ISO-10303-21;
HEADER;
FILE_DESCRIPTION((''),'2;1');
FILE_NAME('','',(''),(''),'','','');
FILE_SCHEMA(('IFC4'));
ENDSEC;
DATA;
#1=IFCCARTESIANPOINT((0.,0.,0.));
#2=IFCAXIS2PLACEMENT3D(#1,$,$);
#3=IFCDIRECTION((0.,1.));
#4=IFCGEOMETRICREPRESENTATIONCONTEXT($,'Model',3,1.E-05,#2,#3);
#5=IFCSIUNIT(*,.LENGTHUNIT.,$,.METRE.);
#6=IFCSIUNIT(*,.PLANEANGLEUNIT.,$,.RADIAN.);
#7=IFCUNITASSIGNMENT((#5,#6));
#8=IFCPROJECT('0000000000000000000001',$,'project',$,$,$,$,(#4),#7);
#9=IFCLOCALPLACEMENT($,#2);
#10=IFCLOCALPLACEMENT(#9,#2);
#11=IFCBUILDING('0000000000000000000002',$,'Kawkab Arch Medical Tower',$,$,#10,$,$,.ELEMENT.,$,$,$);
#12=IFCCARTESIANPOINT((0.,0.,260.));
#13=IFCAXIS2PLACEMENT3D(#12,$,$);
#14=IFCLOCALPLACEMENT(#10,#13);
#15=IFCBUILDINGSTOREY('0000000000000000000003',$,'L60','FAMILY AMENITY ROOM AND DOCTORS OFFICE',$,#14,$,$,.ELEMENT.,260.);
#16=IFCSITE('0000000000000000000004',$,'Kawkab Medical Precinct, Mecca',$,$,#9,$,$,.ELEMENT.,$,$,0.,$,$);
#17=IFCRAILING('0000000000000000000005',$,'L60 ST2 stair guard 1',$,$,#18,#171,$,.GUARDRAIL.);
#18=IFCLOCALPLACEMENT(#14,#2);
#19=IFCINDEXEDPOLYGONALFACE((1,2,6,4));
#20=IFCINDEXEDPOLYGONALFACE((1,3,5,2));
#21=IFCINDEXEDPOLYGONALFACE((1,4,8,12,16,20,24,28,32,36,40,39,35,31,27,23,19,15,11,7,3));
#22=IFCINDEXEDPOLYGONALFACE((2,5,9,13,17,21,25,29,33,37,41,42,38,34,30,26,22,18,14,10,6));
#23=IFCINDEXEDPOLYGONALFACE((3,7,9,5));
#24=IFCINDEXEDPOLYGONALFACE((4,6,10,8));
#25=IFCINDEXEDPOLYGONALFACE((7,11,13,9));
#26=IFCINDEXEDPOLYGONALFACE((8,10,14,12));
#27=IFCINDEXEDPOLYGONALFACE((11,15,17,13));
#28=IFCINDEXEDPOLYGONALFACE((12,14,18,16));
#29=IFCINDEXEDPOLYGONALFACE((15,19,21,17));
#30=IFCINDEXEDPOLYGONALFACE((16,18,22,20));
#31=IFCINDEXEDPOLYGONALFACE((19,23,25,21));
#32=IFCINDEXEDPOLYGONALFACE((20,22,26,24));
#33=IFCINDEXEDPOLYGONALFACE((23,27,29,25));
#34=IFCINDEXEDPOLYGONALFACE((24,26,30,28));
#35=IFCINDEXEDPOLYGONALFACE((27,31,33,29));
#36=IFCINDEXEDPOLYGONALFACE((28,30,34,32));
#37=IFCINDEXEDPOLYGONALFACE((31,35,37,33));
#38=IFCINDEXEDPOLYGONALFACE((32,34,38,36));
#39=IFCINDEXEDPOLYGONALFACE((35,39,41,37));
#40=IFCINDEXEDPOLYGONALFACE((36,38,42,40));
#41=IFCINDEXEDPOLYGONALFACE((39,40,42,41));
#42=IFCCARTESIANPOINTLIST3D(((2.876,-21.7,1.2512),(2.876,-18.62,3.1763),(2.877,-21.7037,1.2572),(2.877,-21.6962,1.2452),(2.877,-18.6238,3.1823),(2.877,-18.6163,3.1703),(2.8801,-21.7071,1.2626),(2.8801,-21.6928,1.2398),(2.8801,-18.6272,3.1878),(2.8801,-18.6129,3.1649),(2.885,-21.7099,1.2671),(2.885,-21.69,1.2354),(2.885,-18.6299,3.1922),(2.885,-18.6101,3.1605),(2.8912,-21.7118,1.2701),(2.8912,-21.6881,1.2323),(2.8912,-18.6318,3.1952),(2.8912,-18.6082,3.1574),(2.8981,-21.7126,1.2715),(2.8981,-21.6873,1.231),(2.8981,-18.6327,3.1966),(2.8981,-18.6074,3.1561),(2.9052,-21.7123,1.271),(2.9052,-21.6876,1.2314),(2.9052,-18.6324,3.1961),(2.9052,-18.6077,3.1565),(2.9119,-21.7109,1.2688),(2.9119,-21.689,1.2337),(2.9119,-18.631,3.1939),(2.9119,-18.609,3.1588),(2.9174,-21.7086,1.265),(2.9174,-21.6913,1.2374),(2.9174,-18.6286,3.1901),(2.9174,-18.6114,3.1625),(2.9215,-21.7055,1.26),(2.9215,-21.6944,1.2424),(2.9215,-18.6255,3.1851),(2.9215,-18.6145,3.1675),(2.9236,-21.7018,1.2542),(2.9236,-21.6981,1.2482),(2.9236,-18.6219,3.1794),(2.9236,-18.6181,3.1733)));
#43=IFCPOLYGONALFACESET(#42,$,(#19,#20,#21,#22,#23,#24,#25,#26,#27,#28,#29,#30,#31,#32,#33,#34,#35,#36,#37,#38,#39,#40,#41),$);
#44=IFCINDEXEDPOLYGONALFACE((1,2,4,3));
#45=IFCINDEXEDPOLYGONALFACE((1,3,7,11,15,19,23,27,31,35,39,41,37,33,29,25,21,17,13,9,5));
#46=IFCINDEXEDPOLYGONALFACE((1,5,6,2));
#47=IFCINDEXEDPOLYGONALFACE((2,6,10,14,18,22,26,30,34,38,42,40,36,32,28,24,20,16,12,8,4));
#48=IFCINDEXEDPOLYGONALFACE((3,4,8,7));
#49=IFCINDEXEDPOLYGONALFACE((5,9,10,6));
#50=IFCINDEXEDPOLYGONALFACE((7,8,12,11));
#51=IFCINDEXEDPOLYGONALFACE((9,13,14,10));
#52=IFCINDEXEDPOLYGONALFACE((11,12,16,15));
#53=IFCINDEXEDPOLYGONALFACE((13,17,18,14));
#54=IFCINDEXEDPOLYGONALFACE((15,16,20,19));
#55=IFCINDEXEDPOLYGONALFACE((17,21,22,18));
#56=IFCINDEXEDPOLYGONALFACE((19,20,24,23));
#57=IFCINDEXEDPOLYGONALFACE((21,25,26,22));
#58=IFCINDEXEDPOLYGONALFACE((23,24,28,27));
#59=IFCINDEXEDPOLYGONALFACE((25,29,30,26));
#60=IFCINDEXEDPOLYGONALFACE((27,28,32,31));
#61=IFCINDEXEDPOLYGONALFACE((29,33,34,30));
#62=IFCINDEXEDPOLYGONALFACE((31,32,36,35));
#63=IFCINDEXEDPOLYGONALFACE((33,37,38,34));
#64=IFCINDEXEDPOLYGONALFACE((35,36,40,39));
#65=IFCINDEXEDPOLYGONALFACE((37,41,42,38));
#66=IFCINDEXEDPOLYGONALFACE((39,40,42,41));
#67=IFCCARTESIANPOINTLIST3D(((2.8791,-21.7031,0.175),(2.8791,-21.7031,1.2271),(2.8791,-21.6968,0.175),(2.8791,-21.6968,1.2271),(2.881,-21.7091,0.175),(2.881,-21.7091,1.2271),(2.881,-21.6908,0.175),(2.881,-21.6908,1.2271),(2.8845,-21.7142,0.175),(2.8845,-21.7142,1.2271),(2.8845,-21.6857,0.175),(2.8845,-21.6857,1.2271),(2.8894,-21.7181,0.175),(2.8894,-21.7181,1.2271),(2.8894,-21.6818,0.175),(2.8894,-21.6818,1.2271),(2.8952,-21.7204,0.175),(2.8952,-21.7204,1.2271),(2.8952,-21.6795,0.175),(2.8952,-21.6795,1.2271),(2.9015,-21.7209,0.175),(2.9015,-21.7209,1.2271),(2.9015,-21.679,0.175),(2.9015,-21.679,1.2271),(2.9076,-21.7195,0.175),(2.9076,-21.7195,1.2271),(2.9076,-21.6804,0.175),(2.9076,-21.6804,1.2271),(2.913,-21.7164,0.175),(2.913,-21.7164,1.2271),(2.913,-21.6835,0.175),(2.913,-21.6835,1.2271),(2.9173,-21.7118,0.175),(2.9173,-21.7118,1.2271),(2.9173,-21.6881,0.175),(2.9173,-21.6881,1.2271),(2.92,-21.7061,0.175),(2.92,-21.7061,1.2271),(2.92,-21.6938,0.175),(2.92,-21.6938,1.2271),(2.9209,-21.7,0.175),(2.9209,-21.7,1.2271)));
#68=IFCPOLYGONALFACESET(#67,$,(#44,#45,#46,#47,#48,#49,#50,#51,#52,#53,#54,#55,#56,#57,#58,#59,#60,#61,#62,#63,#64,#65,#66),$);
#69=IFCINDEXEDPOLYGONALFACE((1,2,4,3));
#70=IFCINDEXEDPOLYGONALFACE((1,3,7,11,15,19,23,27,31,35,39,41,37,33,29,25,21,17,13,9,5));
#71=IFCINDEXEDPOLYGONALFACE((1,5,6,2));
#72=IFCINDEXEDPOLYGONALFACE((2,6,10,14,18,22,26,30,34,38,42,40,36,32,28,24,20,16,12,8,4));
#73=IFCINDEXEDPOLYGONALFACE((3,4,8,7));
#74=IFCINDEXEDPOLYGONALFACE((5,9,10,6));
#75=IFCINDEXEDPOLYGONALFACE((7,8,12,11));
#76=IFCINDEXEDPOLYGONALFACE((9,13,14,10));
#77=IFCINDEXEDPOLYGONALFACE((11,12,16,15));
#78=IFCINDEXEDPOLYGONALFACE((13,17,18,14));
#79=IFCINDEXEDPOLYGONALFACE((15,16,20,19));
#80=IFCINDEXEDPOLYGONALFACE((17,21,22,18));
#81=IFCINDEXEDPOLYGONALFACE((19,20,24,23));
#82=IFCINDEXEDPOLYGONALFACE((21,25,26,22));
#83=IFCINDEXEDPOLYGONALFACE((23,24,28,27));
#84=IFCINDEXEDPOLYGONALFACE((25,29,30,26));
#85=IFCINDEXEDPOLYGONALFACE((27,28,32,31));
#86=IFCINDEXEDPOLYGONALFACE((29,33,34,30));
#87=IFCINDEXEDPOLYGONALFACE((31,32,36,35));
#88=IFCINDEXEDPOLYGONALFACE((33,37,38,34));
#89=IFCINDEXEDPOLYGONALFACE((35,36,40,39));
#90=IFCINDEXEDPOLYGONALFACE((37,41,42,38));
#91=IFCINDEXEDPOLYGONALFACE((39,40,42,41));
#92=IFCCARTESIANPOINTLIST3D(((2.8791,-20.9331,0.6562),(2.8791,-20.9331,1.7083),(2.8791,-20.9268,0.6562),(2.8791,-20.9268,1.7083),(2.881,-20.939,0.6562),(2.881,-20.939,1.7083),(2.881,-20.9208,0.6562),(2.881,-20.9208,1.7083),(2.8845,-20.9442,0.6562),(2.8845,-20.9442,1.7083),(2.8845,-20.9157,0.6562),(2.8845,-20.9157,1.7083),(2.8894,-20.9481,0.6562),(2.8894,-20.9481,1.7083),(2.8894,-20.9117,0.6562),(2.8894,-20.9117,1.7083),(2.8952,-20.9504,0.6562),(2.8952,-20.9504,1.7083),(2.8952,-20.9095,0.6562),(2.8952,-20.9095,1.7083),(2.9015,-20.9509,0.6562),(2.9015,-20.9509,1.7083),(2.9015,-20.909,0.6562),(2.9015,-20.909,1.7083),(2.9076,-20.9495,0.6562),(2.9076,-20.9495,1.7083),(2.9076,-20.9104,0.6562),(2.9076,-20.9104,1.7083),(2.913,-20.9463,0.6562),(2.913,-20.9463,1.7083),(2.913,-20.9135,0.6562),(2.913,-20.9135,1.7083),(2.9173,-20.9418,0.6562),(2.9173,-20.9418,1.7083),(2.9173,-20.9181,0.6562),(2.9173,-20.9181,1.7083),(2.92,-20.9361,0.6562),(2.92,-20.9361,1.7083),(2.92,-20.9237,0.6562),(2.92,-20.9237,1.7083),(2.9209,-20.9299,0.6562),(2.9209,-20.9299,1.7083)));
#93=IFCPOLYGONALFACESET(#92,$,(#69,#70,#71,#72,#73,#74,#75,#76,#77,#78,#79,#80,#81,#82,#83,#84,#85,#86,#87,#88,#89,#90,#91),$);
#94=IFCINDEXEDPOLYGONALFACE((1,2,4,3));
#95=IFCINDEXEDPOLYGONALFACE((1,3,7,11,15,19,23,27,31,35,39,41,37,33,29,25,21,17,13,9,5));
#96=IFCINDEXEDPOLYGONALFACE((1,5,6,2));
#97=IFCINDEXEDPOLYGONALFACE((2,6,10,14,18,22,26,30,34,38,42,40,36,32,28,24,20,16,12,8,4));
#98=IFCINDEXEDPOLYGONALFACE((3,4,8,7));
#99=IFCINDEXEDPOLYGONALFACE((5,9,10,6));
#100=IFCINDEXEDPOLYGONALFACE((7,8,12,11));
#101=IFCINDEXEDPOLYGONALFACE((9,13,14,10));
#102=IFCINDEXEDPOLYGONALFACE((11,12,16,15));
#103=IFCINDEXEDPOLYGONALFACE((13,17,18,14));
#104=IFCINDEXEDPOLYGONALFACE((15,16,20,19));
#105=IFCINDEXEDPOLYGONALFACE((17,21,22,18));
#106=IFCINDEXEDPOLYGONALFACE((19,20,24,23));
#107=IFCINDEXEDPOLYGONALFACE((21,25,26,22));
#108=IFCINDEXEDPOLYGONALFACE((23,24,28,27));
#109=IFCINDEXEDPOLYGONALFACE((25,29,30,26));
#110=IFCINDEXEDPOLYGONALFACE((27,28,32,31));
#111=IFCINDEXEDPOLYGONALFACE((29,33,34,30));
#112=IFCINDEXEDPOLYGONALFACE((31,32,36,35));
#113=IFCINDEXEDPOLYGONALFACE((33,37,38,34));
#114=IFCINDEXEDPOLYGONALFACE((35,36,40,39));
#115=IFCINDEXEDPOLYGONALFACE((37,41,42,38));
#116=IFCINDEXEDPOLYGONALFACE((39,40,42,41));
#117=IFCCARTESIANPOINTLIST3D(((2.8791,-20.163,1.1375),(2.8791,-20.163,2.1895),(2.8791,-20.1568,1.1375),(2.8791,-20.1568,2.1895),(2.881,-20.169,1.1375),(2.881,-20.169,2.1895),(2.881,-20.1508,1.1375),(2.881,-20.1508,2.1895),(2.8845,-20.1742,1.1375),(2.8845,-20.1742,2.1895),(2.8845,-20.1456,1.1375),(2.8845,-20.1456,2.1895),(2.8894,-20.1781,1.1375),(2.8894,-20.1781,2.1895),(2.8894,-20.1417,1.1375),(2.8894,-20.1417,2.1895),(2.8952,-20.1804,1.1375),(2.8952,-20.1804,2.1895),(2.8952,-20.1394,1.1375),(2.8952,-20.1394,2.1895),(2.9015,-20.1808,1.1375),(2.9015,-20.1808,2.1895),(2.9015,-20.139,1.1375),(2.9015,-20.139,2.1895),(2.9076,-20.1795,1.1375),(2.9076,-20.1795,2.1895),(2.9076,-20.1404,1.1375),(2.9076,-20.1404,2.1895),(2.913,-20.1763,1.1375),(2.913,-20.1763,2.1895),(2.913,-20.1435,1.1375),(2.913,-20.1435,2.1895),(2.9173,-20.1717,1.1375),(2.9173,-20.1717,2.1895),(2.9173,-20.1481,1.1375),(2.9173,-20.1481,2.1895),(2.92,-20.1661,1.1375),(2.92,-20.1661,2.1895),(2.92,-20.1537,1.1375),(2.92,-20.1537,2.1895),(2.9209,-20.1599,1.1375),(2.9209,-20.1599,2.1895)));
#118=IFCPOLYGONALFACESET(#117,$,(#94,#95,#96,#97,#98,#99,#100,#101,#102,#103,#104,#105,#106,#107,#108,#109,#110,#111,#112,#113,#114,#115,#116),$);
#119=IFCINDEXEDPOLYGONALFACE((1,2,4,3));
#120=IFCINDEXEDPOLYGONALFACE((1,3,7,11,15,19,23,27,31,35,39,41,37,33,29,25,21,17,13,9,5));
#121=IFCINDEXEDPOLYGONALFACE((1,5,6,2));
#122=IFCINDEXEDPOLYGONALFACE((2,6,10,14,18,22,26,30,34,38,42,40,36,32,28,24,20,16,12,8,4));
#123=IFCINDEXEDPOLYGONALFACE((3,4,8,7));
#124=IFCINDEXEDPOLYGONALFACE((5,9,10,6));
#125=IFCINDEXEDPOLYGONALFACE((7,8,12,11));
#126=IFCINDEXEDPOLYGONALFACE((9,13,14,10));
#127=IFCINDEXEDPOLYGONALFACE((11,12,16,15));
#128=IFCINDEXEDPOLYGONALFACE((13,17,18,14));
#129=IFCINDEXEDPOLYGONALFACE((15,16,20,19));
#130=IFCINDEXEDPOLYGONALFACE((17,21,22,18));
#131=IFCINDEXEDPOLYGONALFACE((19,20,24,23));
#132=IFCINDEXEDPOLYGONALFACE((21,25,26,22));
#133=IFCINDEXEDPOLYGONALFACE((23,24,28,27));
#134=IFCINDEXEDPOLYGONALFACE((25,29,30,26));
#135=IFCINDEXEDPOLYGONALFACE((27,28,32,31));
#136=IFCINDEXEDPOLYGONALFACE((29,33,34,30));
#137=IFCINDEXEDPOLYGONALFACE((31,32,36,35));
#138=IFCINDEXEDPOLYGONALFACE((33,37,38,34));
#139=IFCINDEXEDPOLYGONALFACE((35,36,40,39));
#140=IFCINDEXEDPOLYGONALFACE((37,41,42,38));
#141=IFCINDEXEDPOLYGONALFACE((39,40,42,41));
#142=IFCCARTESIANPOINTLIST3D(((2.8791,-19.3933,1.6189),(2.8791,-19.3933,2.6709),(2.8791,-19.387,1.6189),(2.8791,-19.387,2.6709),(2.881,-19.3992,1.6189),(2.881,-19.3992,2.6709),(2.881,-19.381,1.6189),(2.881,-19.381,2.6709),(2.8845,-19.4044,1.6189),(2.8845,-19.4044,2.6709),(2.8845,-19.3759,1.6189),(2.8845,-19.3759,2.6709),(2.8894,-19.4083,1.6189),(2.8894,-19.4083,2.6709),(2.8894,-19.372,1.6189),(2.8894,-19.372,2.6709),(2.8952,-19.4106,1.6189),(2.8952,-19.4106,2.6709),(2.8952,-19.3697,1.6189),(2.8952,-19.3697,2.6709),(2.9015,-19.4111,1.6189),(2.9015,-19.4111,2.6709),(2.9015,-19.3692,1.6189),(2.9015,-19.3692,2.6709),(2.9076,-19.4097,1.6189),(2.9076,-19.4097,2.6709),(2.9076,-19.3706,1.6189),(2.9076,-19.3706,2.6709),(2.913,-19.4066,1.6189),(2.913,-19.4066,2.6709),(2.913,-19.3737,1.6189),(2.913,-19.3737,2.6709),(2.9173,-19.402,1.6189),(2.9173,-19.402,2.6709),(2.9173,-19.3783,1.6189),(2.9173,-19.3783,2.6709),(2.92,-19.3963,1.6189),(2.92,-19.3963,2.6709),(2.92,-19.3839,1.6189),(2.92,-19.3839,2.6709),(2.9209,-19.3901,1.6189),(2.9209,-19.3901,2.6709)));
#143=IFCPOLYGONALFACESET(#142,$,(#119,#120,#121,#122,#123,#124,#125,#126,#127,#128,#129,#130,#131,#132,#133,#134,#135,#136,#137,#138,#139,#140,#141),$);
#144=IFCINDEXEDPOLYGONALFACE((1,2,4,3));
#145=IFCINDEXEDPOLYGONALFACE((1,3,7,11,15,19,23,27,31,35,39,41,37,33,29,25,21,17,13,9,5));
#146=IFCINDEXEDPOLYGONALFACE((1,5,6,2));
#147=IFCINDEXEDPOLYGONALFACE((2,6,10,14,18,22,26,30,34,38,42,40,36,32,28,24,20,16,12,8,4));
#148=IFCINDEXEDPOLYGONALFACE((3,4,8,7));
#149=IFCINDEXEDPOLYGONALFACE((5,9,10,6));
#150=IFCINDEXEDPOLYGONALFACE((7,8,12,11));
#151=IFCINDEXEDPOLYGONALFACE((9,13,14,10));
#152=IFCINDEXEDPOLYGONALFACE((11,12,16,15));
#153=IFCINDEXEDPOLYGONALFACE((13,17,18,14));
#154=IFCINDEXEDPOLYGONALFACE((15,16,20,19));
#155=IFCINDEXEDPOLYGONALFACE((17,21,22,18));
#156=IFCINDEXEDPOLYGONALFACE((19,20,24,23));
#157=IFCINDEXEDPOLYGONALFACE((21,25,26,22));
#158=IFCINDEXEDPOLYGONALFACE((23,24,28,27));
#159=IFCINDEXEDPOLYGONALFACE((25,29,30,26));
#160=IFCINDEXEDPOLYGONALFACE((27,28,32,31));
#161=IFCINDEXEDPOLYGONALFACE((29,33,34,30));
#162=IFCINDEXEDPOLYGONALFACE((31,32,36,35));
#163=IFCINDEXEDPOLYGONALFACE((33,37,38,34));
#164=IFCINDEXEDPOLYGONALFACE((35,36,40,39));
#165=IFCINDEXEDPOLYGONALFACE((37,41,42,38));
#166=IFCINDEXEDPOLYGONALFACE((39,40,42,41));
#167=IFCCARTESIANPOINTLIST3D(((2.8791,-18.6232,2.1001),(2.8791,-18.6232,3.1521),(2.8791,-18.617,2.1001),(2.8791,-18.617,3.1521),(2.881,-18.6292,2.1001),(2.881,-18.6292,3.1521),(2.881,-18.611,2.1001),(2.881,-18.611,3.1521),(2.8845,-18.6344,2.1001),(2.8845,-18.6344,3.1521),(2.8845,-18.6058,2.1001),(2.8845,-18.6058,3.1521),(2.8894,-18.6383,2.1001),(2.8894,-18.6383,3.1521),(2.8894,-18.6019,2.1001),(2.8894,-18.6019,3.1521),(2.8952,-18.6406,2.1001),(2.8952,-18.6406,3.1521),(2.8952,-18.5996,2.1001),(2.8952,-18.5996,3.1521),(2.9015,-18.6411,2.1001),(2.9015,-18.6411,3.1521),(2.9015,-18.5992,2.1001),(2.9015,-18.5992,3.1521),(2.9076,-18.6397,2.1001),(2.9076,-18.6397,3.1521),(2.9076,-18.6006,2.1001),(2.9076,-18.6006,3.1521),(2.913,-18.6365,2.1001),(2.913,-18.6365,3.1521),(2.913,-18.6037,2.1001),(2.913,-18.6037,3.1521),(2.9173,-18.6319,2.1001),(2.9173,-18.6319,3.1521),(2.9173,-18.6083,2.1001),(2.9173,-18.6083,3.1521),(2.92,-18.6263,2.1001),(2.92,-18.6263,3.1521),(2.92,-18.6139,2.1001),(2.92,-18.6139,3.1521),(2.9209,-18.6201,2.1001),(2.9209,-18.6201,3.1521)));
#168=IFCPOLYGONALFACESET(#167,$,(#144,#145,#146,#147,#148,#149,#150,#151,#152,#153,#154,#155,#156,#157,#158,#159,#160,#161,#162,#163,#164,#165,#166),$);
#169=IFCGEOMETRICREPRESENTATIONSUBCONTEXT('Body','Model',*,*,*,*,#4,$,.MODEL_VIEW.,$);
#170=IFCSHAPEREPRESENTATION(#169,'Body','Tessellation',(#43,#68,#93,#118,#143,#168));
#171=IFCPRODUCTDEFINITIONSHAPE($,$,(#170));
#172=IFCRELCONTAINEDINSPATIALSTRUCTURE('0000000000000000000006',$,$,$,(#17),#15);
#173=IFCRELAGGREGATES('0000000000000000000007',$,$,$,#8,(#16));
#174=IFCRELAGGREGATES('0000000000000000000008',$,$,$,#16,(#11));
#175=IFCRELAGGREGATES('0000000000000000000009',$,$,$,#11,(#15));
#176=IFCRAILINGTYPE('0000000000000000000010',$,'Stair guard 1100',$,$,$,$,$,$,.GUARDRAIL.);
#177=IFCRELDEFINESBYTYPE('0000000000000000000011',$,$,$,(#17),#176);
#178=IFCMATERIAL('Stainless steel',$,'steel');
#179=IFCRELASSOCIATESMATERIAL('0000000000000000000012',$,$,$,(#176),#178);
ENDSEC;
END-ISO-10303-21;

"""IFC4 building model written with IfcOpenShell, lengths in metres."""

from ifc_helpers import new_model, si_unit, direction, frame, origin, origin_2d, place, context, subcontext, project, spatial, circle, extrude, material, type_object, element, save


model = new_model("IFC4")

# Units and contexts
model_context = context("Model", 3, precision=1e-05, world=origin(), true_north=direction((0.0, 1.0)))
body_context = subcontext(model_context, "Body", "Model", "MODEL_VIEW")
ifc_project = project(units=[si_unit("LENGTHUNIT", "METRE"), si_unit("PLANEANGLEUNIT", "RADIAN")], contexts=[model_context])

# Site, building, storey
site_placement = place(None, origin())
site = spatial("IfcSite", under=ifc_project, at=site_placement, Name="Kawkab Medical Precinct, Mecca", CompositionType="ELEMENT", RefElevation=0.0)
building_placement = place(site_placement, origin())
building = spatial("IfcBuilding", under=site, at=building_placement, Name="Kawkab Arch Medical Tower", CompositionType="ELEMENT")
storey_placement = place(building_placement, frame((0.0, 0.0, 260.0)))
storey = spatial("IfcBuildingStorey", under=building, at=storey_placement, Name="L60", Description="FAMILY AMENITY ROOM AND DOCTORS OFFICE", CompositionType="ELEMENT", Elevation=260.0)

# Railing
ifc_material_1 = material(Name="Stainless steel", Category="steel")
railing_type = type_object("IfcRailingType", Name="Stair guard 1100", PredefinedType="GUARDRAIL", material=ifc_material_1)
railing_1_placement = place(storey_placement, frame((2.8999, -21.7, 0.175)))
element("IfcRailing", 1, at=railing_1_placement, inside=storey, type_object=railing_type, Name="L60 ST2 stair guard 1", PredefinedType="GUARDRAIL", context=body_context, shape_type="SweptSolid", body=[
    extrude(circle(Radius=0.0239, at=origin_2d()), frame((0.0, 0.0, 1.0762), z_axis=(0.0, 0.847979, 0.530029), x_axis=(-1.0, 0.0, 0.0)), (0.0, 0.0, 1.0), 3.6321),
    extrude(circle(Radius=0.021, at=origin_2d()), origin(), (0.0, 0.0, 1.0), 1.052),
    extrude(circle(Radius=0.021, at=origin_2d()), frame((0.0, 0.77, 0.4812)), (0.0, 0.0, 1.0), 1.052),
    extrude(circle(Radius=0.021, at=origin_2d()), frame((0.0, 1.54, 0.9624)), (0.0, 0.0, 1.0), 1.052),
    extrude(circle(Radius=0.021, at=origin_2d()), frame((0.0, 2.3098, 1.4438)), (0.0, 0.0, 1.0), 1.052),
    extrude(circle(Radius=0.021, at=origin_2d()), frame((0.0, 3.0798, 1.925)), (0.0, 0.0, 1.0), 1.052),
])

save(model, "model.ifc")
